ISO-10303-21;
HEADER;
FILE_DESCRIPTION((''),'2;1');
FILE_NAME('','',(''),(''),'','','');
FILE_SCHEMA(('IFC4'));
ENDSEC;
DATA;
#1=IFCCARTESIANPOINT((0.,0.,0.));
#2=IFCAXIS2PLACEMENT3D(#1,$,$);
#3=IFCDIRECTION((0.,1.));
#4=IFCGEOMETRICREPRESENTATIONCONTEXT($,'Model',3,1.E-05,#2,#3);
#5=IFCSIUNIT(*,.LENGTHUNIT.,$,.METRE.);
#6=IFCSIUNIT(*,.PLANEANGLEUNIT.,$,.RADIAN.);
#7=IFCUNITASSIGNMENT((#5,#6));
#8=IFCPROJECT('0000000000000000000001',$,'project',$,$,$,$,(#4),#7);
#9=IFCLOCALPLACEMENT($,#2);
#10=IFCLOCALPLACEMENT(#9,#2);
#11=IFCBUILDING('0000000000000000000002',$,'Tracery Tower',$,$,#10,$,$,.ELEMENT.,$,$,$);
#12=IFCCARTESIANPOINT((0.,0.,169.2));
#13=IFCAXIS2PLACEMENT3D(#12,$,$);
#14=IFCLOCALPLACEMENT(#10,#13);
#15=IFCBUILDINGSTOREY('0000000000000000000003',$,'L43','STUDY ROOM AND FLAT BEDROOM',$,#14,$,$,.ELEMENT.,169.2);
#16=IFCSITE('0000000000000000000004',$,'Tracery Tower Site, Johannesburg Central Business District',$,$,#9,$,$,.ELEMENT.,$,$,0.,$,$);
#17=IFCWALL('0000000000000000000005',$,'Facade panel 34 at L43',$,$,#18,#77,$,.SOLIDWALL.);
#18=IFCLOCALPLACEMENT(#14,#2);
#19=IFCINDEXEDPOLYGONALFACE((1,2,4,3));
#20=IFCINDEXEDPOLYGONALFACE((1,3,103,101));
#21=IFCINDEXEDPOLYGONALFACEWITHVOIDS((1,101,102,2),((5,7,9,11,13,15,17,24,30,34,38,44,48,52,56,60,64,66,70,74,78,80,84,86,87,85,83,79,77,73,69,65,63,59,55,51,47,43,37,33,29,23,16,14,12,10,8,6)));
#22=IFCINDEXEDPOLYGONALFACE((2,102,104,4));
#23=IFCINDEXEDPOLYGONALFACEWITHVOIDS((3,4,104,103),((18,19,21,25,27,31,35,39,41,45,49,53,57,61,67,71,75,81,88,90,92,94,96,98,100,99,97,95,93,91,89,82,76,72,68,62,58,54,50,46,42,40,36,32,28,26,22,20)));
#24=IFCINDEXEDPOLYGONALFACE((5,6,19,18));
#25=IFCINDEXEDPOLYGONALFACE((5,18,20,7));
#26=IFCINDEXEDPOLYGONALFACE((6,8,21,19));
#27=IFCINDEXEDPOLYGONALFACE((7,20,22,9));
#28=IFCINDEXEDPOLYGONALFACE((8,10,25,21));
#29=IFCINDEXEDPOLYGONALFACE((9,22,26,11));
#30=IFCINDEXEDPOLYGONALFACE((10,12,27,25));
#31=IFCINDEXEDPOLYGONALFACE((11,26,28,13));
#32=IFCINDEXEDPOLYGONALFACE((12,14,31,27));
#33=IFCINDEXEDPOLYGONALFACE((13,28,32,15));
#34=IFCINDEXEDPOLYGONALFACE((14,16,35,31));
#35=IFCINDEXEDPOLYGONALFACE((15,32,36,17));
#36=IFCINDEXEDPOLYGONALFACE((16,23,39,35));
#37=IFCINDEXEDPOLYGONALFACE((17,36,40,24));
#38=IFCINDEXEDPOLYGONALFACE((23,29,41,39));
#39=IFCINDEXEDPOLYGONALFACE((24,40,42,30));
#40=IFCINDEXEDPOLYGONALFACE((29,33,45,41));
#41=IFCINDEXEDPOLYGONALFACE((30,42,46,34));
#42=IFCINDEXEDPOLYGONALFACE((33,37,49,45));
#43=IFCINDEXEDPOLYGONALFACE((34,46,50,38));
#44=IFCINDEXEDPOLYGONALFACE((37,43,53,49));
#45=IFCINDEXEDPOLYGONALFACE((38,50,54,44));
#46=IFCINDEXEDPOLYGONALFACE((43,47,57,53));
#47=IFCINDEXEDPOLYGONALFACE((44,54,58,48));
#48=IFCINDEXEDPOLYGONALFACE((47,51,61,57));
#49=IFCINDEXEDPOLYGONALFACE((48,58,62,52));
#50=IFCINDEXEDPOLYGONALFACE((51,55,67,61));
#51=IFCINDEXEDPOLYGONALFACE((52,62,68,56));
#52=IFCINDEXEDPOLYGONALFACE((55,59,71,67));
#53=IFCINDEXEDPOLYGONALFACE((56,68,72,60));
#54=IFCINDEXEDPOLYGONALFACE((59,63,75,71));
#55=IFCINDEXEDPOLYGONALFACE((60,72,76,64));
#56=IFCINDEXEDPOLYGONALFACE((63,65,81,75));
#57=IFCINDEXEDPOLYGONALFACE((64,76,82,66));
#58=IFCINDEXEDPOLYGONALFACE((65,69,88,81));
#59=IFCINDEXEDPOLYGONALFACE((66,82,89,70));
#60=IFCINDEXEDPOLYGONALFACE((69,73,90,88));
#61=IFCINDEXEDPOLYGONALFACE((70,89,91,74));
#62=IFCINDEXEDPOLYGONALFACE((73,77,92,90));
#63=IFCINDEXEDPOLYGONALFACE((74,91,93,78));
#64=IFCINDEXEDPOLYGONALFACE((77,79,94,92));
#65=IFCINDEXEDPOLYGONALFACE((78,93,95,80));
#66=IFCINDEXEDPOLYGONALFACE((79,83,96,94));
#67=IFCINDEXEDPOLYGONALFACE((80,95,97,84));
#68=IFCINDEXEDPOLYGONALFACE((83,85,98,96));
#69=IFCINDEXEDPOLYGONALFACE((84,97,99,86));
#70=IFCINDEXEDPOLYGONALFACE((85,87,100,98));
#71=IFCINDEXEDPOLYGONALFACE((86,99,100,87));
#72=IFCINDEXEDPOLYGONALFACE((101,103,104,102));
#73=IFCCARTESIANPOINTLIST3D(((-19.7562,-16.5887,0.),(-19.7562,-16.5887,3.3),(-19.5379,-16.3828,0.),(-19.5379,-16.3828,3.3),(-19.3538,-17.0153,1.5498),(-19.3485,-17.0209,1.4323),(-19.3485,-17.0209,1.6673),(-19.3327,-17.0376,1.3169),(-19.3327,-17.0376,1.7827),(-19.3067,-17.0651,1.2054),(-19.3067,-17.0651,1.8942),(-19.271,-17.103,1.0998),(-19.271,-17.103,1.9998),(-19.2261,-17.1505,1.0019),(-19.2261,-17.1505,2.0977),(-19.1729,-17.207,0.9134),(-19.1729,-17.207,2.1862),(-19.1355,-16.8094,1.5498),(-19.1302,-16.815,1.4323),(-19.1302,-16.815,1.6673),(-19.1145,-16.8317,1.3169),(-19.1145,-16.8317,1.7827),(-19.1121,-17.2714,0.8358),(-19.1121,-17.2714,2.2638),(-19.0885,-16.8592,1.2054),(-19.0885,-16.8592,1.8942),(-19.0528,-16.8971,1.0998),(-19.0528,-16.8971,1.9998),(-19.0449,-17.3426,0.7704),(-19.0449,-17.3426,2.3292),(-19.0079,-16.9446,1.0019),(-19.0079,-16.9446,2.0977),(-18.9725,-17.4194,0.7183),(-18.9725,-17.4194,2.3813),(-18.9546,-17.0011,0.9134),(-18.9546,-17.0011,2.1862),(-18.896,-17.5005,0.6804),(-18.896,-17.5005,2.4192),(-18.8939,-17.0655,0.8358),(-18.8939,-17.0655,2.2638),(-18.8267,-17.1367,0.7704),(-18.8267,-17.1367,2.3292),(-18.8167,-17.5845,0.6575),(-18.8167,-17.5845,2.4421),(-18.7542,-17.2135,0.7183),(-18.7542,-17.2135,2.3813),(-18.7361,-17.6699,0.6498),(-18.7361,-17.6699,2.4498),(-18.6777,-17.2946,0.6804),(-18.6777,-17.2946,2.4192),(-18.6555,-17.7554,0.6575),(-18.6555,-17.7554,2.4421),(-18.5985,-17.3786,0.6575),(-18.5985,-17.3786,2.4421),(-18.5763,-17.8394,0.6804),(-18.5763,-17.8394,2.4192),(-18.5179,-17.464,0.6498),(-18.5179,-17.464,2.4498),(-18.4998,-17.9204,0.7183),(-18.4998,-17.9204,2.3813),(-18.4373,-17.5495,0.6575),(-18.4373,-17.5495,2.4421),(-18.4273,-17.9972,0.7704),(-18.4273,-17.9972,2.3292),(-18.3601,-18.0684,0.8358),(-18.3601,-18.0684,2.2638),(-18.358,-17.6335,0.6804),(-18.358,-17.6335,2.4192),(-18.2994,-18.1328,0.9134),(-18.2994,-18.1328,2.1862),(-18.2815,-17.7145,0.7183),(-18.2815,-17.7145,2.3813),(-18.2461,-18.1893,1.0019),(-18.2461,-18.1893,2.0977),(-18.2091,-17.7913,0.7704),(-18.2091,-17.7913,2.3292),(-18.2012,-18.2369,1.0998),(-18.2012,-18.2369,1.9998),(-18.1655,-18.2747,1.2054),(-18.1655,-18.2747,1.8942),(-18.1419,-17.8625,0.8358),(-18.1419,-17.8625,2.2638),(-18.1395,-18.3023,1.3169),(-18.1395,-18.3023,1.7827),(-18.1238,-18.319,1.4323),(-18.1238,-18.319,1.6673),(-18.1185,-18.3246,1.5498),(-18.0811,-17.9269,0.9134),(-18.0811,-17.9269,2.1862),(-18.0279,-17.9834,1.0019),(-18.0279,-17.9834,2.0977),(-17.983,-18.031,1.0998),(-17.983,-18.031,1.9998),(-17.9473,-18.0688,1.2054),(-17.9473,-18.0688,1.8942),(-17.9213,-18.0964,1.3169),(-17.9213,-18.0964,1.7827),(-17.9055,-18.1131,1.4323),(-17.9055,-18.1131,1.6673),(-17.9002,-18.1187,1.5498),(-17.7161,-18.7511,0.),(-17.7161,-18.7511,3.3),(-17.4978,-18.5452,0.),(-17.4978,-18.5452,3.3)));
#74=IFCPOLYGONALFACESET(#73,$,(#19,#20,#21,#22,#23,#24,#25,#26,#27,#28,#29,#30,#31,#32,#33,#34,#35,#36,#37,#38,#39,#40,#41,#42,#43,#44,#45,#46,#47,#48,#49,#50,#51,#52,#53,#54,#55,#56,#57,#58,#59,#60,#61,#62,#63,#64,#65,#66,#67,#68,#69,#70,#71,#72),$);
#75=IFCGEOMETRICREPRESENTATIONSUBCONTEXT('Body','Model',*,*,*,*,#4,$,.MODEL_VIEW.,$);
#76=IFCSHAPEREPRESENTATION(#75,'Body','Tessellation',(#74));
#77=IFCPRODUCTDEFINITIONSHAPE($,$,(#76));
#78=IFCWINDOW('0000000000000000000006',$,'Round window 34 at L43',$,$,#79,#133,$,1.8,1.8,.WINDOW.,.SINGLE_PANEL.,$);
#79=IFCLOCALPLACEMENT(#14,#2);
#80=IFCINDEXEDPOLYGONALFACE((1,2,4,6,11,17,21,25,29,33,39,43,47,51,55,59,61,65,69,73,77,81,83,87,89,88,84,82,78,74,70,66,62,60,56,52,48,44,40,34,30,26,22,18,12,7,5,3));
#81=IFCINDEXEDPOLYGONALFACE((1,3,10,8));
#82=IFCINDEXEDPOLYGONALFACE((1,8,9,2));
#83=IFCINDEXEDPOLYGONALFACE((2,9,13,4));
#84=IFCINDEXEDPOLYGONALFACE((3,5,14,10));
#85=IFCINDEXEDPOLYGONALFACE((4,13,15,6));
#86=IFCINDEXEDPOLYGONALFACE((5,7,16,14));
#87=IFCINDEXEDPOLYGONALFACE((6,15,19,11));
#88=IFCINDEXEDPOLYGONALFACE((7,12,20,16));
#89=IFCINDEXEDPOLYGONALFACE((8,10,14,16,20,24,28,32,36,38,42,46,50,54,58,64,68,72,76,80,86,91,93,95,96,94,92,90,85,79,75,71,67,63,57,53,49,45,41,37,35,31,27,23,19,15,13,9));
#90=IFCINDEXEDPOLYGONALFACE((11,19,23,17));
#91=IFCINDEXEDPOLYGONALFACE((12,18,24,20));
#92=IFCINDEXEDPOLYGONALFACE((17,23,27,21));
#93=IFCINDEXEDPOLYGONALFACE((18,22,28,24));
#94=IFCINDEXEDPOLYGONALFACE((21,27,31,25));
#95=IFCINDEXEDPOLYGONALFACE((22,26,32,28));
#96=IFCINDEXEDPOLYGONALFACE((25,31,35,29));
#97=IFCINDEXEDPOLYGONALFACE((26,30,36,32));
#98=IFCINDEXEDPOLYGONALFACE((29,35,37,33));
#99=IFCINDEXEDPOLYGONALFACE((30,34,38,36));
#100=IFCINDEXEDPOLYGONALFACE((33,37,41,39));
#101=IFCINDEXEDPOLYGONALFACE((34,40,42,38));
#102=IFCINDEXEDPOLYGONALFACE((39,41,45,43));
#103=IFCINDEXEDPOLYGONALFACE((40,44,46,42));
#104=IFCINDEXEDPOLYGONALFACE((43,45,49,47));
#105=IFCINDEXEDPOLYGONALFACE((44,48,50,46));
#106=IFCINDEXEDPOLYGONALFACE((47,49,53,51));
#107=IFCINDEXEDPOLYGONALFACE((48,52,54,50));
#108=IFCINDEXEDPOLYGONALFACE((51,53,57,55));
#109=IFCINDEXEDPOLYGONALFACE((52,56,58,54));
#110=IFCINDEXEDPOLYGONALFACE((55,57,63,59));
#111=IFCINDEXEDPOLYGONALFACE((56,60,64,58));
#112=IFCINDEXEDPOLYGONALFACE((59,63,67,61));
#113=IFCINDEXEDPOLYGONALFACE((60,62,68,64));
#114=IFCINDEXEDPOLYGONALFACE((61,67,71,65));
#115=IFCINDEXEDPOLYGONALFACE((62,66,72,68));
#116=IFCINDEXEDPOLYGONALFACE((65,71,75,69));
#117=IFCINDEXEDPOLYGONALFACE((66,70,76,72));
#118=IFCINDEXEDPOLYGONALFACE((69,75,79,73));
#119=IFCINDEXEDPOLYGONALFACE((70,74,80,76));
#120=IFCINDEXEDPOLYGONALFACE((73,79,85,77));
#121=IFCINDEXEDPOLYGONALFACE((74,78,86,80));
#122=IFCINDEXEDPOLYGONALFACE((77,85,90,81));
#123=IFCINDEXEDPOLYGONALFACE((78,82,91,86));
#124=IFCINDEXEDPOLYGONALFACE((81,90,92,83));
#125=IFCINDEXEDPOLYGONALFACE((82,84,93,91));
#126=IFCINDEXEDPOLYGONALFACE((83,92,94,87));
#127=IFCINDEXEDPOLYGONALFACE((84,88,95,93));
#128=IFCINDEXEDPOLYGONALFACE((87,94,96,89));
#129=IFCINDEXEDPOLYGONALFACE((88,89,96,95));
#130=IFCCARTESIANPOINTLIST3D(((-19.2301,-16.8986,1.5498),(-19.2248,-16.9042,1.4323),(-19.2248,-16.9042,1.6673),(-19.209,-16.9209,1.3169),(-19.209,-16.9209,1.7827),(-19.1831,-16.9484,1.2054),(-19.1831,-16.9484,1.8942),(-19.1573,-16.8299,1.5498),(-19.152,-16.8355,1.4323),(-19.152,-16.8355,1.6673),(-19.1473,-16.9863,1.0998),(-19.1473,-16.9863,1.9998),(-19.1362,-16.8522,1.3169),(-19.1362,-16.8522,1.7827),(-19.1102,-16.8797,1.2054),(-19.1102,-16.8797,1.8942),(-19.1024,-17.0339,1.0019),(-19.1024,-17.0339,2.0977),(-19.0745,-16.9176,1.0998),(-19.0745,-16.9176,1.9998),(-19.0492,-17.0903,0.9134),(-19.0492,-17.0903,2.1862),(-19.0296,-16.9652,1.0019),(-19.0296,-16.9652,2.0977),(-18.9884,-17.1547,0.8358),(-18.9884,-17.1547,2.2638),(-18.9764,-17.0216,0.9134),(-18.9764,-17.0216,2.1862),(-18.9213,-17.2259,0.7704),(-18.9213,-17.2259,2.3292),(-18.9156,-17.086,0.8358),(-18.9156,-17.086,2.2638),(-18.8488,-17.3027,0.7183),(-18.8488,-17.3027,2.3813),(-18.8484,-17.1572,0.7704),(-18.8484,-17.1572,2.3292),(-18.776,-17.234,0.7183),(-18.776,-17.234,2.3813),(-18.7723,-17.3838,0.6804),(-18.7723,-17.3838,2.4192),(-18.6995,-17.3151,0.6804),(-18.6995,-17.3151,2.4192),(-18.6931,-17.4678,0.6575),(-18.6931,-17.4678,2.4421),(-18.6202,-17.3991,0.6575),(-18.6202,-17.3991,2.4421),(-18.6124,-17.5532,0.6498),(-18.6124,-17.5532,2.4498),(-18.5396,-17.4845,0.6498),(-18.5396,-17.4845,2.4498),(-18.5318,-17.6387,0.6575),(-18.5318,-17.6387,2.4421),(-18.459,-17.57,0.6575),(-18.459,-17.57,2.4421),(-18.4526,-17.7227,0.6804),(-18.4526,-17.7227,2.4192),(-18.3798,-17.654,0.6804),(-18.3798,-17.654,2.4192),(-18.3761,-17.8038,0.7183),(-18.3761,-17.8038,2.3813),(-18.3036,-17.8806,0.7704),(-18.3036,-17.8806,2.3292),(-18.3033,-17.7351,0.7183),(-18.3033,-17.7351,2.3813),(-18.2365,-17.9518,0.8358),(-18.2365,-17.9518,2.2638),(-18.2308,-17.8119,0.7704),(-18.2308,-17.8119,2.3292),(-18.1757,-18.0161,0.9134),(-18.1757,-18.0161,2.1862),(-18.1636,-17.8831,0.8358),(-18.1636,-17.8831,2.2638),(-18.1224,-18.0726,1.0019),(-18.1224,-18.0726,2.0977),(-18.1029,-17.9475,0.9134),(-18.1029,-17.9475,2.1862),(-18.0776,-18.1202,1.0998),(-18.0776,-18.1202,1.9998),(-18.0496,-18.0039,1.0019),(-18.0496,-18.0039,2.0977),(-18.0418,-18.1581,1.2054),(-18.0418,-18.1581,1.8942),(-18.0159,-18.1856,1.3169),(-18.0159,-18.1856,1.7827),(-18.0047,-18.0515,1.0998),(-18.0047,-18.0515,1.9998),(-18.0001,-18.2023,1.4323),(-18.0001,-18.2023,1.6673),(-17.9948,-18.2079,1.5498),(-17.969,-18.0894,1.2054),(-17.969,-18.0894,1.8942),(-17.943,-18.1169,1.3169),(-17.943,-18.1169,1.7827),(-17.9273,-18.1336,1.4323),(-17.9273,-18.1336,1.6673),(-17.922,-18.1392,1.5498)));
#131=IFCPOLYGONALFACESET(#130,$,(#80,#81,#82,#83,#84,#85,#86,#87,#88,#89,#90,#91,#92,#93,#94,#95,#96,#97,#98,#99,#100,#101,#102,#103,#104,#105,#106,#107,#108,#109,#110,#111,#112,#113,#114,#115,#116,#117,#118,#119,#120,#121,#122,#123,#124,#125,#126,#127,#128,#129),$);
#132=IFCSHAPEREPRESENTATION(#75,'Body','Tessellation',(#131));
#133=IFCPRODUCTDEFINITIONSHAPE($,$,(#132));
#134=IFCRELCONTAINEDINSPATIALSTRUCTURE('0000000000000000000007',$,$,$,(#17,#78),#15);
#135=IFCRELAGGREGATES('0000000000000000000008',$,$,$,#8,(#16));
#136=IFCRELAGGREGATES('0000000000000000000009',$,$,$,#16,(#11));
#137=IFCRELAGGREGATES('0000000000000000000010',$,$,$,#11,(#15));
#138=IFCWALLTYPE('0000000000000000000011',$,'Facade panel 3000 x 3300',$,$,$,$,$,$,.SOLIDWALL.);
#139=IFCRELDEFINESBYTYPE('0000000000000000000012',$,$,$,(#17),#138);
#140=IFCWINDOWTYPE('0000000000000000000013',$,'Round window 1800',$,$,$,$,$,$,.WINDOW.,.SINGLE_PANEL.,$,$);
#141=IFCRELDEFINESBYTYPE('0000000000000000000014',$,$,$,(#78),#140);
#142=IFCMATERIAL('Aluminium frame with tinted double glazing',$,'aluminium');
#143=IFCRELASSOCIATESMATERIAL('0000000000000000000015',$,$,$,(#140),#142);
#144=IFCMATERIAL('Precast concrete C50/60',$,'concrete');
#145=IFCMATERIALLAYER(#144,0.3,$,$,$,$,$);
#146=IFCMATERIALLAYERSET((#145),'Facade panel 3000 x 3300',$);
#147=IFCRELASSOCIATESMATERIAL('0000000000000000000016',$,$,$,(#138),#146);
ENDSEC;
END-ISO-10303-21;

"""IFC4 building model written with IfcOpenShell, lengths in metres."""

from ifc_helpers import new_model, si_unit, direction, frame, frame_2d, origin, origin_2d, place, context, subcontext, project, spatial, rectangle, circle, extrude, material, layer, layer_set, type_object, element, fill, save


model = new_model("IFC4")

# Units and contexts
model_context = context("Model", 3, precision=1e-05, world=origin(), true_north=direction((0.0, 1.0)))
body_context = subcontext(model_context, "Body", "Model", "MODEL_VIEW")
ifc_project = project(units=[si_unit("LENGTHUNIT", "METRE"), si_unit("PLANEANGLEUNIT", "RADIAN")], contexts=[model_context])

# Site, building, storey
site_placement = place(None, origin())
site = spatial("IfcSite", under=ifc_project, at=site_placement, Name="Tracery Tower Site, Johannesburg Central Business District", CompositionType="ELEMENT", RefElevation=0.0)
building_placement = place(site_placement, origin())
building = spatial("IfcBuilding", under=site, at=building_placement, Name="Tracery Tower", CompositionType="ELEMENT")
storey_placement = place(building_placement, frame((0.0, 0.0, 169.2)))
storey = spatial("IfcBuildingStorey", under=building, at=storey_placement, Name="L43", Description="STUDY ROOM AND FLAT BEDROOM", CompositionType="ELEMENT", Elevation=169.2)

# Wall, opening, window
ifc_material_1 = material(Name="Aluminium frame with tinted double glazing", Category="aluminium")
window_type = type_object("IfcWindowType", Name="Round window 1800", PartitioningType="SINGLE_PANEL", PredefinedType="WINDOW", material=ifc_material_1)
ifc_material_2 = material(Name="Precast concrete C50/60", Category="concrete")
ifc_layer_1 = layer(ifc_material_2, 0.3)
ifc_layer_set_1 = layer_set([ifc_layer_1], Name="Facade panel 3000 x 3300")
wall_type_1 = type_object("IfcWallType", Name="Facade panel 3000 x 3300", PredefinedType="SOLIDWALL", material=ifc_layer_set_1)
wall_1_placement = place(storey_placement, frame((-19.647, -16.4858, 0.0), z_axis=(0.0, 0.0, 1.0), x_axis=(0.686235, -0.72738, 0.0)))
wall_1 = element("IfcWall", 1, at=wall_1_placement, inside=storey, type_object=wall_type_1, Name="Facade panel 34 at L43", PredefinedType="SOLIDWALL", context=body_context, shape_type="SweptSolid", body=[
    extrude(rectangle(XDim=2.9729, YDim=0.3, at=frame_2d((1.4863, 0.0))), origin(), (0.0, 0.0, 1.0), 3.3),
])
opening_1_placement = place(wall_1_placement, frame((1.4863, 0.0, 1.5498)))
opening_1 = element("IfcOpeningElement", 2, at=opening_1_placement, cuts=wall_1, PredefinedType="OPENING", context=body_context, shape_type="SweptSolid", body=[
    extrude(circle(Radius=0.9, at=origin_2d()), frame((0.0, 0.1599, 0.0), z_axis=(0.0, -1.0, 0.0), x_axis=(1.0, 0.0, 0.0)), (0.0, 0.0, 1.0), 0.3201),
])
window_1_placement = place(opening_1_placement, origin())
window_1 = element("IfcWindow", 3, at=window_1_placement, inside=storey, type_object=window_type, Name="Round window 34 at L43", OverallHeight=1.8, OverallWidth=1.8, PartitioningType="SINGLE_PANEL", PredefinedType="WINDOW", context=body_context, shape_type="SweptSolid", body=[
    extrude(circle(Radius=0.9, at=origin_2d()), frame((0.0, 0.1201, 0.0), z_axis=(0.0, -1.0, 0.0), x_axis=(1.0, 0.0, 0.0)), (0.0, 0.0, 1.0), 0.1001),
])
fill(opening_1, window_1)

save(model, "model.ifc")
